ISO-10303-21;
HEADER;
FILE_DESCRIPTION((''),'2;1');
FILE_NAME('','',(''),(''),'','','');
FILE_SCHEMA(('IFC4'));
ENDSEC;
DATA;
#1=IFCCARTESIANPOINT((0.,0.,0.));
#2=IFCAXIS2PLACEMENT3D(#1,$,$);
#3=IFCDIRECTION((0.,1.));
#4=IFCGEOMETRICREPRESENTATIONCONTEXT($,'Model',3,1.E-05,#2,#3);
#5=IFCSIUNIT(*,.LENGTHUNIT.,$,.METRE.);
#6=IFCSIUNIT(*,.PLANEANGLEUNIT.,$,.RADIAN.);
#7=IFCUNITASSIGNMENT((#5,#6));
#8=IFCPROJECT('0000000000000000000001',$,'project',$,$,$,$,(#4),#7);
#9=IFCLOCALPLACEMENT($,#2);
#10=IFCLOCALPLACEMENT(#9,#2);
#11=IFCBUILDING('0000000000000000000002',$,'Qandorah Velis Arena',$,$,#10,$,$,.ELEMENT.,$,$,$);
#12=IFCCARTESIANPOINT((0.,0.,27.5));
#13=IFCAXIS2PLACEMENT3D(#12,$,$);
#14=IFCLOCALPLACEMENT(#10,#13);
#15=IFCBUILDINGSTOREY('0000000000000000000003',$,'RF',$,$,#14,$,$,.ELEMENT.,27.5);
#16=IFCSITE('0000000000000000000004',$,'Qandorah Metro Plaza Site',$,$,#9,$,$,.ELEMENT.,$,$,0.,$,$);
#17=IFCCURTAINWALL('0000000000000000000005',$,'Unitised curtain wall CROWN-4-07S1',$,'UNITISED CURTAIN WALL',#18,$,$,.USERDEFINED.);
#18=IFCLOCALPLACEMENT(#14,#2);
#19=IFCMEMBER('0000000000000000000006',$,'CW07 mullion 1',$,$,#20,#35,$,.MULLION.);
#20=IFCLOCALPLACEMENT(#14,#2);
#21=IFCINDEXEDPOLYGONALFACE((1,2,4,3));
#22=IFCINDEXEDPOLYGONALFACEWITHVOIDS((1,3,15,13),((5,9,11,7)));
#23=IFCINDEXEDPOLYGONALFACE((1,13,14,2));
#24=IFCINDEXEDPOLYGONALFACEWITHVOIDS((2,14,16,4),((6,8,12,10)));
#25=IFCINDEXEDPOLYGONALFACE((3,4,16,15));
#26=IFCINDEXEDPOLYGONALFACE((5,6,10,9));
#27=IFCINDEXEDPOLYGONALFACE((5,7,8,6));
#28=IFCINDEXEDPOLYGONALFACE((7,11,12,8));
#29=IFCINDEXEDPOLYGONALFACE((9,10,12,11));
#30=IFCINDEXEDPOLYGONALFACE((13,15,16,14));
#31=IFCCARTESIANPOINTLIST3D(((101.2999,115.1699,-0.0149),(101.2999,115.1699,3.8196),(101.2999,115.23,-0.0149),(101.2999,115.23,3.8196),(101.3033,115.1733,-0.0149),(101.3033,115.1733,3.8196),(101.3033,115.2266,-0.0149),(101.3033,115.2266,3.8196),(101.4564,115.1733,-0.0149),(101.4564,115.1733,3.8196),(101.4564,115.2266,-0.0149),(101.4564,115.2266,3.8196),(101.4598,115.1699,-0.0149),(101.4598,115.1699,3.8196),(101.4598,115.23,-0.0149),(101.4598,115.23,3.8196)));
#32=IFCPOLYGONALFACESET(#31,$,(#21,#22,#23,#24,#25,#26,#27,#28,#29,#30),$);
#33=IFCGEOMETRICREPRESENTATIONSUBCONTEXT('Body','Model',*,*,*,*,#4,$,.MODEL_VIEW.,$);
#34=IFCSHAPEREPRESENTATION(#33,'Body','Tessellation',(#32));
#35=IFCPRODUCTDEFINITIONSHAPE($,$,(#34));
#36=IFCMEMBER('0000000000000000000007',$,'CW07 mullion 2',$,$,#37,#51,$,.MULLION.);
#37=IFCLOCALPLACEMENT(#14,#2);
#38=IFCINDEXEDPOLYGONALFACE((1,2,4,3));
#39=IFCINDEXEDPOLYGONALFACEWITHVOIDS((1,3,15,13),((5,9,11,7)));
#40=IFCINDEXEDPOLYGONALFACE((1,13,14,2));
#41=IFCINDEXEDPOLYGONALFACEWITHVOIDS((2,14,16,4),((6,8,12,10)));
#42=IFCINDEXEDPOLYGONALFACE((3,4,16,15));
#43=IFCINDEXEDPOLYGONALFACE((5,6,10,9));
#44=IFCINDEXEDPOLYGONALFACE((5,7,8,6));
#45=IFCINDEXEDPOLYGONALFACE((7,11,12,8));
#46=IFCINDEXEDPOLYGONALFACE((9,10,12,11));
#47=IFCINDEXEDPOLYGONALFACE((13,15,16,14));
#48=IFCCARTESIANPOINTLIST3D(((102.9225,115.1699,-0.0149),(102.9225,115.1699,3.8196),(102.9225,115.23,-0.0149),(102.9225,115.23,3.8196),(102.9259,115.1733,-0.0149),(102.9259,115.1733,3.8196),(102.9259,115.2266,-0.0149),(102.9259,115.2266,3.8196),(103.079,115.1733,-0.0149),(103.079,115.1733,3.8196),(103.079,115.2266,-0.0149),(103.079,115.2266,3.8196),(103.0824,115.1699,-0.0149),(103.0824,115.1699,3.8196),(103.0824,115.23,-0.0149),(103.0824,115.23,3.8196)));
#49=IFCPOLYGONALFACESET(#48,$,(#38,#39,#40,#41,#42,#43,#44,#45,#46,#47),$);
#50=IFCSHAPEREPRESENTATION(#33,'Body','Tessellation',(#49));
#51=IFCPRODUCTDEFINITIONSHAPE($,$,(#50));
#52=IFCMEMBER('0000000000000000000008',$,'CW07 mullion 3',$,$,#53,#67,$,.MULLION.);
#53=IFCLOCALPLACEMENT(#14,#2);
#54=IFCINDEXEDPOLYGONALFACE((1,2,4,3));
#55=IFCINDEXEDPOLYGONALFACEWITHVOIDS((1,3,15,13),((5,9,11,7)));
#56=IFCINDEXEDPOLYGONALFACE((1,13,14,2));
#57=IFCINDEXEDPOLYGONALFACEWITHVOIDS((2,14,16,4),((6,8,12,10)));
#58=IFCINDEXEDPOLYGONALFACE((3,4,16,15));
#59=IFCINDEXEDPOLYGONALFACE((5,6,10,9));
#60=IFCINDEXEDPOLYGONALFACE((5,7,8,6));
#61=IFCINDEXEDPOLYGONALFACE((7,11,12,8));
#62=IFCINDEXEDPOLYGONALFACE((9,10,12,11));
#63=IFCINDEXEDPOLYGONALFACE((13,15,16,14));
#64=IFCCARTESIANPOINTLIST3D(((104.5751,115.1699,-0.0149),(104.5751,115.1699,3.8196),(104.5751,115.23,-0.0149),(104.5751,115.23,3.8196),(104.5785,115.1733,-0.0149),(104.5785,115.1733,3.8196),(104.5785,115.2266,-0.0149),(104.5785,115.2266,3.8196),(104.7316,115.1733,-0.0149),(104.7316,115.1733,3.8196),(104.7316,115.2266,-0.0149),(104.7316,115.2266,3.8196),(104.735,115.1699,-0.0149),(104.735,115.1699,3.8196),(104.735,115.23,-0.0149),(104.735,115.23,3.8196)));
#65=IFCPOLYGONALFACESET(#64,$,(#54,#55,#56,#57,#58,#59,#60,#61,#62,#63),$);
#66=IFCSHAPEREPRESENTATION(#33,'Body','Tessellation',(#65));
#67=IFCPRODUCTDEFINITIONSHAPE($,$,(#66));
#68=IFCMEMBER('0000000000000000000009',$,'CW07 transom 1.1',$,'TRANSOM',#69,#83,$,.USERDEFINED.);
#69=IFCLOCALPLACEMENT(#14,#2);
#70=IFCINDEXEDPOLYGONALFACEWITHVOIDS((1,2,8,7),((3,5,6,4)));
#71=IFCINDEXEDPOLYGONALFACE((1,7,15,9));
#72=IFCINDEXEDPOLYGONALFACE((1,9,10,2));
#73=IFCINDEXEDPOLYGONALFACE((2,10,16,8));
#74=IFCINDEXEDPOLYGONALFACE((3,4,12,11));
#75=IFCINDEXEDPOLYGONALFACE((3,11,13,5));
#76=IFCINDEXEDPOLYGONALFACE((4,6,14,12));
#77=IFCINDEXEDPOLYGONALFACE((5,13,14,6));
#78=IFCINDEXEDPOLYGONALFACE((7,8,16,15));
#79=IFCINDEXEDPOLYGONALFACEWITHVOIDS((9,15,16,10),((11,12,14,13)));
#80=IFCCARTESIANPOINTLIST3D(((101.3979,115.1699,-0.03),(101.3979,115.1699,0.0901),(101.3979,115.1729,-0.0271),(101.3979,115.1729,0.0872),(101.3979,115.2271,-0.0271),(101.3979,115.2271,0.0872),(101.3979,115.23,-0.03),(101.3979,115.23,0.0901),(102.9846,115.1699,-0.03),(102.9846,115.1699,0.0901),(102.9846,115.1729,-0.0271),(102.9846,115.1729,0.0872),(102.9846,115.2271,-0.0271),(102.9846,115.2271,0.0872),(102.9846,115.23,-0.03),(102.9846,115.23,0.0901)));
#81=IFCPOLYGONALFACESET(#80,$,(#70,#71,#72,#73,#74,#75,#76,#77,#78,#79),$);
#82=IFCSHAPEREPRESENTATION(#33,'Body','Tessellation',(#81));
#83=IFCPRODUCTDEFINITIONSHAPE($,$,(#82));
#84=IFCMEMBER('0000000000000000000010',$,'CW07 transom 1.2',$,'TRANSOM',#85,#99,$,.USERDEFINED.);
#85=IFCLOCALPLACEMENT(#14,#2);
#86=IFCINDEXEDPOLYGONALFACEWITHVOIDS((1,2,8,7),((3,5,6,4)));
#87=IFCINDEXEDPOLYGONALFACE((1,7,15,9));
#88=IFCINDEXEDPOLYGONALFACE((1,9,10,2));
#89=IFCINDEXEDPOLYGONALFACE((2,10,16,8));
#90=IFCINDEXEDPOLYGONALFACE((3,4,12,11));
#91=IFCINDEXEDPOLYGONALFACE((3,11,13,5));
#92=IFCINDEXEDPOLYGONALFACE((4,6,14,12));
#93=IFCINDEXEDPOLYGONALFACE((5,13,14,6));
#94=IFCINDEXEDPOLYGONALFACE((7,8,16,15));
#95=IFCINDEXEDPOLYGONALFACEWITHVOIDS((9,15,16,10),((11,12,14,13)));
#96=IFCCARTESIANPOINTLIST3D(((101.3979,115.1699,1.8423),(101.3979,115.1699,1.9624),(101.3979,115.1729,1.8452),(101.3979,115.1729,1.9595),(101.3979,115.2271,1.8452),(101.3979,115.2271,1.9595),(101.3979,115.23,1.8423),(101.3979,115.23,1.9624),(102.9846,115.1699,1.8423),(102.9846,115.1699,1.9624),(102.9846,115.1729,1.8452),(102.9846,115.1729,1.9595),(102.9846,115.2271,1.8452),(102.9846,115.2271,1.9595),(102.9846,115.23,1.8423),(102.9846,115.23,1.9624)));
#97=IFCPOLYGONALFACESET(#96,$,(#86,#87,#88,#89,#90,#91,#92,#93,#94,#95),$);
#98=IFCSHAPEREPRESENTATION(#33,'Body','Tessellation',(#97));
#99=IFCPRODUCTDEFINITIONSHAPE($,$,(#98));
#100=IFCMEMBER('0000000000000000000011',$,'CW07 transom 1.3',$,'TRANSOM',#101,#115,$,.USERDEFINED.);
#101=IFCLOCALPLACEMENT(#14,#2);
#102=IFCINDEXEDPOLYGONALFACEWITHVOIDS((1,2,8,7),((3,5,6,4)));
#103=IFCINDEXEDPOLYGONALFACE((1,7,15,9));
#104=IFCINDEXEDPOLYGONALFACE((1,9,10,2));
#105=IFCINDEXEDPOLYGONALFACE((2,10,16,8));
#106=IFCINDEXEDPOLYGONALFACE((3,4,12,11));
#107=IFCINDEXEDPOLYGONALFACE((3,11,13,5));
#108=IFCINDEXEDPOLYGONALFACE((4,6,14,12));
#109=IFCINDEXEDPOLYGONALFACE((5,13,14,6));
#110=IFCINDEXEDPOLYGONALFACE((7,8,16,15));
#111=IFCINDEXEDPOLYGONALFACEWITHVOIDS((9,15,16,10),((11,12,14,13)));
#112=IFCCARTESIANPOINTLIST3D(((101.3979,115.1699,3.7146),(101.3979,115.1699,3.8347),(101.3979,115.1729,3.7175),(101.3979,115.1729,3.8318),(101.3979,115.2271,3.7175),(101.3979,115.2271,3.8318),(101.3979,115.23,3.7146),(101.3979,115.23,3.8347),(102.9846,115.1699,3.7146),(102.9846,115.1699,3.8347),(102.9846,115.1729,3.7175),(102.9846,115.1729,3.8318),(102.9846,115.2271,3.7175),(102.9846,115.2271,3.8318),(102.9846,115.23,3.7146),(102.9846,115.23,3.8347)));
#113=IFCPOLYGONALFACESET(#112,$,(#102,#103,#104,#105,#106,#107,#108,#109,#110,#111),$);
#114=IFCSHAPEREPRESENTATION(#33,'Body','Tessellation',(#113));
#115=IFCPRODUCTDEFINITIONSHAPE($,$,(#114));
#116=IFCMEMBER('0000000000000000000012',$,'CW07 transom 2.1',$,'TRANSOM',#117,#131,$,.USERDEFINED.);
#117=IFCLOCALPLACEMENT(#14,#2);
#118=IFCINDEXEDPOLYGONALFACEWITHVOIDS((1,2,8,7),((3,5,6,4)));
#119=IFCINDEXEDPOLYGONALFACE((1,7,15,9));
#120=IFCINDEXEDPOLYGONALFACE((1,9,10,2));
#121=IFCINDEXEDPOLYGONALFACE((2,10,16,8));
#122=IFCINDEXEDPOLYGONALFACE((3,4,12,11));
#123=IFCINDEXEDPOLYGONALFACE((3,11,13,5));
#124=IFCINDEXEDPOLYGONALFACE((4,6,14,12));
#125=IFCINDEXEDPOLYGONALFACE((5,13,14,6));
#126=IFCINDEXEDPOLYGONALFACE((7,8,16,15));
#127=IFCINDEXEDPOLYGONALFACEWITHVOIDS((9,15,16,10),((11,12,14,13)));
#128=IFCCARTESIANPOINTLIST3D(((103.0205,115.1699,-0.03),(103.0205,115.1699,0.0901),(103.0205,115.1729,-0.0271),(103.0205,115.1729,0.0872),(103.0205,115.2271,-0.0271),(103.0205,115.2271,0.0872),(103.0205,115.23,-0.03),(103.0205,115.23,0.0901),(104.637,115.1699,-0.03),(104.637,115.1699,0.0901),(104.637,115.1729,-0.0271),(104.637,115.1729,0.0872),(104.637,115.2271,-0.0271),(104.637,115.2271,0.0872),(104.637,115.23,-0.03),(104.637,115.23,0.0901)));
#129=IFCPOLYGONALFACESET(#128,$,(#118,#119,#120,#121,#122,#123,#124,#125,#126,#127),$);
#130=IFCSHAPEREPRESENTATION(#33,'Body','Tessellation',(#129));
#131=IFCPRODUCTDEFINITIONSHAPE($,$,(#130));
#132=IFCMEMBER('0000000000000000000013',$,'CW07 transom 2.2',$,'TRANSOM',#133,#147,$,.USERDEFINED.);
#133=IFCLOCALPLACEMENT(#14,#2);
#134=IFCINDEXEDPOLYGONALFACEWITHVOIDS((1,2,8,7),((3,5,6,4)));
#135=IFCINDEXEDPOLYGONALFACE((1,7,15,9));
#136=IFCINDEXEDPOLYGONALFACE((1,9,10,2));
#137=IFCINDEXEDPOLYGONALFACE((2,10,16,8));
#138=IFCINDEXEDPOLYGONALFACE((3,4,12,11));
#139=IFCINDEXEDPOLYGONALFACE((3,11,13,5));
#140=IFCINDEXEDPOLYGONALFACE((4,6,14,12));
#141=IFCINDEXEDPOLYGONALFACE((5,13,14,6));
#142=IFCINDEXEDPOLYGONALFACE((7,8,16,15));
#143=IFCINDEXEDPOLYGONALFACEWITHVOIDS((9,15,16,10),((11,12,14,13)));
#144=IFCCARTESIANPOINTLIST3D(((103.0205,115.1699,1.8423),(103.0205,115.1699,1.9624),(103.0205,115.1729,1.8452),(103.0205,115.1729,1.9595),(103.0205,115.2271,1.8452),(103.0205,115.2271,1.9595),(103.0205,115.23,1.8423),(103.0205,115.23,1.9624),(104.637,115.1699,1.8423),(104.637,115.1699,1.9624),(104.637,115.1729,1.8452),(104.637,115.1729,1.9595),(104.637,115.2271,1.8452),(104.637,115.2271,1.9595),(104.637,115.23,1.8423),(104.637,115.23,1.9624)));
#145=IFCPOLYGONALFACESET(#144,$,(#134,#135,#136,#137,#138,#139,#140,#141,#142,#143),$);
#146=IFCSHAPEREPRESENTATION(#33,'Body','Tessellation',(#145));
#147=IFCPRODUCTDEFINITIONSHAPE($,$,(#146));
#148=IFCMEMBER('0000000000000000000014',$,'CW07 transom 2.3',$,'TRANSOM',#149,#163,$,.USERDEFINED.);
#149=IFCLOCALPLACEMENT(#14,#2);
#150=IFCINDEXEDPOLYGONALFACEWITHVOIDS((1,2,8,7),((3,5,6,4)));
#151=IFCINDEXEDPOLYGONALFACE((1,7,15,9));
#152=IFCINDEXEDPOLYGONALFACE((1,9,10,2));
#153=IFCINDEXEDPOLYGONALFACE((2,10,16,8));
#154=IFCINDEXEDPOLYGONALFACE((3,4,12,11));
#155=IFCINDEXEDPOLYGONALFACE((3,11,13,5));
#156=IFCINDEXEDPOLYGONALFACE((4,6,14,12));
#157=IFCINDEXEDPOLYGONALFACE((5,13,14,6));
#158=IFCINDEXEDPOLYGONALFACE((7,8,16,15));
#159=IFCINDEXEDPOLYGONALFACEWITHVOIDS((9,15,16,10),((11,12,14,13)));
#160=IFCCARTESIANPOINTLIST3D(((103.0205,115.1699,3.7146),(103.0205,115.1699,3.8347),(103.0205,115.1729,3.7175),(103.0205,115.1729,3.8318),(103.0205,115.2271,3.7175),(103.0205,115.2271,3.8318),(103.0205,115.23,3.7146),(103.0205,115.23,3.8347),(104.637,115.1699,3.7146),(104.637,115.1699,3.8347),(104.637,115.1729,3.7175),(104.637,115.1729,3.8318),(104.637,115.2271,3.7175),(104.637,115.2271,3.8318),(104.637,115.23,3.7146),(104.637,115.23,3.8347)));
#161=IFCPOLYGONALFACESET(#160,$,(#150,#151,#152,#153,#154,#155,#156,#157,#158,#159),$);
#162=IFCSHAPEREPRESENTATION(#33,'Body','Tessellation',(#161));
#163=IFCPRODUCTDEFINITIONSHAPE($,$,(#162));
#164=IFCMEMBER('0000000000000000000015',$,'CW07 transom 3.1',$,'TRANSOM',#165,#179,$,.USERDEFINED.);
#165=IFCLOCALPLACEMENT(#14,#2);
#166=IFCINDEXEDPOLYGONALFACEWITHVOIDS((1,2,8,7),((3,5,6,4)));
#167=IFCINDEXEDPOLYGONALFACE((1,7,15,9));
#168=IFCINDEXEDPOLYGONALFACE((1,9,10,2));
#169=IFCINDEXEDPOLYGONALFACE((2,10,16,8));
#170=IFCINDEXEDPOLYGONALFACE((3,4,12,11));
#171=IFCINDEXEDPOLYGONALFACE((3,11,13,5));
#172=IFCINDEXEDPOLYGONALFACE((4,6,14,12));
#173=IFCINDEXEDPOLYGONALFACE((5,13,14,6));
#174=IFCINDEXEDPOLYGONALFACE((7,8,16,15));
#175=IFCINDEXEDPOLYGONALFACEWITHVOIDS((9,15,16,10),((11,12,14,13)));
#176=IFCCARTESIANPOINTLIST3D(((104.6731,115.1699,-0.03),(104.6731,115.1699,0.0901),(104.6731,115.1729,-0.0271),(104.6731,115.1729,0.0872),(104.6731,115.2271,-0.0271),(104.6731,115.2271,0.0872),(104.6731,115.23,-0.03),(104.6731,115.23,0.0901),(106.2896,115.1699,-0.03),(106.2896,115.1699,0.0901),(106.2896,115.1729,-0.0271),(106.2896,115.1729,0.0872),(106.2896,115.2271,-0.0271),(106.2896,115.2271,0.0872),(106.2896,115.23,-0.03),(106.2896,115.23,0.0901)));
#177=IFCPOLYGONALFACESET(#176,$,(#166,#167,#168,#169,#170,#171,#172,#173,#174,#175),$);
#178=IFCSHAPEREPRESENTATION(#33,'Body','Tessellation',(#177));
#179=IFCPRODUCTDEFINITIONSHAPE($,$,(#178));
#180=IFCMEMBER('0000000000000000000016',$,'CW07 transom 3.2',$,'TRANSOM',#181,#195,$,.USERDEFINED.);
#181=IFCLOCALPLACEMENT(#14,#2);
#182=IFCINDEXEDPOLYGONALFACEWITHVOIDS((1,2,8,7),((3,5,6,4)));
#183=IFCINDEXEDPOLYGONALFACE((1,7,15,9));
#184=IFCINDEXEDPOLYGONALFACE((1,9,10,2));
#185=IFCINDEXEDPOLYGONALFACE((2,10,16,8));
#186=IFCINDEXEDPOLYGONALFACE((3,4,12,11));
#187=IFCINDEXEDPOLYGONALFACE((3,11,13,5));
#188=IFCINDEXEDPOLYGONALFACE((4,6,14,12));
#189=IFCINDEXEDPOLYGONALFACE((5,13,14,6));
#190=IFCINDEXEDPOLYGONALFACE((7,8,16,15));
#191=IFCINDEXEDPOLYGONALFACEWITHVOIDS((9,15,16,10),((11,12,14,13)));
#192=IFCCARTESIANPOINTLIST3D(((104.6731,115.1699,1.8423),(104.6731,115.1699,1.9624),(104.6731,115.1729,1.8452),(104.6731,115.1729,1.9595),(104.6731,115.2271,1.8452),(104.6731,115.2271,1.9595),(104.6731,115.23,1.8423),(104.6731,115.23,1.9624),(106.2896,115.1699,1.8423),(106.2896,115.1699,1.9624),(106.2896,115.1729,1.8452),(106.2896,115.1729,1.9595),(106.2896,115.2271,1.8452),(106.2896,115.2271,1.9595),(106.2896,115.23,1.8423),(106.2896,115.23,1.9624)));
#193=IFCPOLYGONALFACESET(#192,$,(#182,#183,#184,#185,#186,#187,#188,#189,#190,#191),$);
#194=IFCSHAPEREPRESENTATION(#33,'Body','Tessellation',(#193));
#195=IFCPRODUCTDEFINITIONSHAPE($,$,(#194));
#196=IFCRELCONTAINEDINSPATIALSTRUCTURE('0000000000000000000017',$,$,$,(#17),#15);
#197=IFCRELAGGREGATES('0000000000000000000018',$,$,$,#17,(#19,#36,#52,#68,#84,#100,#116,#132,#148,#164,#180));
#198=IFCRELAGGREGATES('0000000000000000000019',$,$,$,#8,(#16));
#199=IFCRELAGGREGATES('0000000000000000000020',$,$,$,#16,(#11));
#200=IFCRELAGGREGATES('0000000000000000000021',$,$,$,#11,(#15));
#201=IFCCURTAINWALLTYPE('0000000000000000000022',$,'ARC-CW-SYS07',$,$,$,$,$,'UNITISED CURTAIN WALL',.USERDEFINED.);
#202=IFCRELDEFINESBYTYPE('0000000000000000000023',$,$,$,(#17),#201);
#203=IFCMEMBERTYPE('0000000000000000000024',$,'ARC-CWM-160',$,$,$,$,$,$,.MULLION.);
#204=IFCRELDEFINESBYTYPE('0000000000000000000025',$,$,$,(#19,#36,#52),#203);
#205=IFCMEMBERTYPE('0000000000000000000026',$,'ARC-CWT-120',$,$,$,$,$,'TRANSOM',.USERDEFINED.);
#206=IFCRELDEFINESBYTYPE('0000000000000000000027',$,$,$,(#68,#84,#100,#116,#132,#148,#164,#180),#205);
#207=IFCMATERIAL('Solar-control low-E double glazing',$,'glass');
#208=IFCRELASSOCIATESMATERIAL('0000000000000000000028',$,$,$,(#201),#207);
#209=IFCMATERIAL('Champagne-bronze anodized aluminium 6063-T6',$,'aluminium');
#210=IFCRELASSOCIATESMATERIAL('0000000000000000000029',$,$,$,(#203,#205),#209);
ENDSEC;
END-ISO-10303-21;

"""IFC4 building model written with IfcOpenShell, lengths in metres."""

from ifc_helpers import new_model, si_unit, direction, frame, origin, origin_2d, place, context, subcontext, project, spatial, hollow_rectangle, extrude, material, material_profile, profile_set, type_object, element, aggregate, save


model = new_model("IFC4")

# Units and contexts
model_context = context("Model", 3, precision=1e-05, world=origin(), true_north=direction((0.0, 1.0)))
body_context = subcontext(model_context, "Body", "Model", "MODEL_VIEW")
ifc_project = project(units=[si_unit("LENGTHUNIT", "METRE"), si_unit("PLANEANGLEUNIT", "RADIAN")], contexts=[model_context])

# Site, building, storey
site_placement = place(None, origin())
site = spatial("IfcSite", under=ifc_project, at=site_placement, Name="Qandorah Metro Plaza Site", CompositionType="ELEMENT", RefElevation=0.0)
building_placement = place(site_placement, origin())
building = spatial("IfcBuilding", under=site, at=building_placement, Name="Qandorah Velis Arena", CompositionType="ELEMENT")
storey_placement = place(building_placement, frame((0.0, 0.0, 27.5)))
storey = spatial("IfcBuildingStorey", under=building, at=storey_placement, Name="RF", CompositionType="ELEMENT", Elevation=27.5)

# Curtain wall, members
ifc_material_1 = material(Name="Solar-control low-E double glazing", Category="glass")
curtain_wall_type = type_object("IfcCurtainWallType", Name="ARC-CW-SYS07", ElementType="UNITISED CURTAIN WALL", PredefinedType="USERDEFINED", material=ifc_material_1)
curtain_wall_placement = place(storey_placement, origin())
curtain_wall = element("IfcCurtainWall", 1, at=curtain_wall_placement, inside=storey, type_object=curtain_wall_type, Name="Unitised curtain wall CROWN-4-07S1", ObjectType="UNITISED CURTAIN WALL", PredefinedType="USERDEFINED")
ifc_material_2 = material(Name="Champagne-bronze anodized aluminium 6063-T6", Category="aluminium")
ifc_material_profile_1 = material_profile(ifc_material_2, hollow_rectangle(XDim=0.0601, YDim=0.1599, WallThickness=0.0034, at=origin_2d()), Name="ALU MULLION 60x160")
ifc_profile_set_1 = profile_set([ifc_material_profile_1], Name="Champagne-bronze anodized aluminium 6063-T6")
member_type_1 = type_object("IfcMemberType", Name="ARC-CWM-160", PredefinedType="MULLION", material=ifc_profile_set_1)
member_1_placement = place(storey_placement, frame((101.3799, 115.2, -0.0149), z_axis=(0.0, 0.0, 1.0), x_axis=(0.0, 1.0, 0.0)))
member_1 = element("IfcMember", 2, at=member_1_placement, type_object=member_type_1, Name="CW07 mullion 1", PredefinedType="MULLION", context=body_context, shape_type="SweptSolid", body=[
    extrude(hollow_rectangle(XDim=0.0601, YDim=0.1599, WallThickness=0.0034, at=origin_2d()), origin(), (0.0, 0.0, 1.0), 3.8345),
])
member_2_placement = place(storey_placement, frame((103.0024, 115.2, -0.0149), z_axis=(0.0, 0.0, 1.0), x_axis=(0.0, 1.0, 0.0)))
member_2 = element("IfcMember", 3, at=member_2_placement, type_object=member_type_1, Name="CW07 mullion 2", PredefinedType="MULLION", context=body_context, shape_type="SweptSolid", body=[
    extrude(hollow_rectangle(XDim=0.0601, YDim=0.1599, WallThickness=0.0034, at=origin_2d()), origin(), (0.0, 0.0, 1.0), 3.8345),
])
member_3_placement = place(storey_placement, frame((104.655, 115.2, -0.0149), z_axis=(0.0, 0.0, 1.0), x_axis=(0.0, 1.0, 0.0)))
member_3 = element("IfcMember", 4, at=member_3_placement, type_object=member_type_1, Name="CW07 mullion 3", PredefinedType="MULLION", context=body_context, shape_type="SweptSolid", body=[
    extrude(hollow_rectangle(XDim=0.0601, YDim=0.1599, WallThickness=0.0034, at=origin_2d()), origin(), (0.0, 0.0, 1.0), 3.8345),
])
ifc_material_profile_2 = material_profile(ifc_material_2, hollow_rectangle(XDim=0.0601, YDim=0.1201, WallThickness=0.0029, at=origin_2d()), Name="ALU TRANSOM 60x120")
ifc_profile_set_2 = profile_set([ifc_material_profile_2], Name="Champagne-bronze anodized aluminium 6063-T6")
member_type_2 = type_object("IfcMemberType", Name="ARC-CWT-120", ElementType="TRANSOM", PredefinedType="USERDEFINED", material=ifc_profile_set_2)
member_4_placement = place(storey_placement, frame((101.3979, 115.2, 0.03), z_axis=(1.0, 0.0, 0.0), x_axis=(0.0, 1.0, 0.0)))
member_4 = element("IfcMember", 5, at=member_4_placement, type_object=member_type_2, Name="CW07 transom 1.1", ObjectType="TRANSOM", PredefinedType="USERDEFINED", context=body_context, shape_type="SweptSolid", body=[
    extrude(hollow_rectangle(XDim=0.0601, YDim=0.1201, WallThickness=0.0029, at=origin_2d()), origin(), (0.0, 0.0, 1.0), 1.5867),
])
member_5_placement = place(storey_placement, frame((101.3979, 115.2, 1.9023), z_axis=(1.0, 0.0, 0.0), x_axis=(0.0, 1.0, 0.0)))
member_5 = element("IfcMember", 6, at=member_5_placement, type_object=member_type_2, Name="CW07 transom 1.2", ObjectType="TRANSOM", PredefinedType="USERDEFINED", context=body_context, shape_type="SweptSolid", body=[
    extrude(hollow_rectangle(XDim=0.0601, YDim=0.1201, WallThickness=0.0029, at=origin_2d()), origin(), (0.0, 0.0, 1.0), 1.5867),
])
member_6_placement = place(storey_placement, frame((101.3979, 115.2, 3.7747), z_axis=(1.0, 0.0, 0.0), x_axis=(0.0, 1.0, 0.0)))
member_6 = element("IfcMember", 7, at=member_6_placement, type_object=member_type_2, Name="CW07 transom 1.3", ObjectType="TRANSOM", PredefinedType="USERDEFINED", context=body_context, shape_type="SweptSolid", body=[
    extrude(hollow_rectangle(XDim=0.0601, YDim=0.1201, WallThickness=0.0029, at=origin_2d()), origin(), (0.0, 0.0, 1.0), 1.5867),
])
member_7_placement = place(storey_placement, frame((103.0205, 115.2, 0.03), z_axis=(1.0, 0.0, 0.0), x_axis=(0.0, 1.0, 0.0)))
member_7 = element("IfcMember", 8, at=member_7_placement, type_object=member_type_2, Name="CW07 transom 2.1", ObjectType="TRANSOM", PredefinedType="USERDEFINED", context=body_context, shape_type="SweptSolid", body=[
    extrude(hollow_rectangle(XDim=0.0601, YDim=0.1201, WallThickness=0.0029, at=origin_2d()), origin(), (0.0, 0.0, 1.0), 1.6165),
])
member_8_placement = place(storey_placement, frame((103.0205, 115.2, 1.9023), z_axis=(1.0, 0.0, 0.0), x_axis=(0.0, 1.0, 0.0)))
member_8 = element("IfcMember", 9, at=member_8_placement, type_object=member_type_2, Name="CW07 transom 2.2", ObjectType="TRANSOM", PredefinedType="USERDEFINED", context=body_context, shape_type="SweptSolid", body=[
    extrude(hollow_rectangle(XDim=0.0601, YDim=0.1201, WallThickness=0.0029, at=origin_2d()), origin(), (0.0, 0.0, 1.0), 1.6165),
])
member_9_placement = place(storey_placement, frame((103.0205, 115.2, 3.7747), z_axis=(1.0, 0.0, 0.0), x_axis=(0.0, 1.0, 0.0)))
member_9 = element("IfcMember", 10, at=member_9_placement, type_object=member_type_2, Name="CW07 transom 2.3", ObjectType="TRANSOM", PredefinedType="USERDEFINED", context=body_context, shape_type="SweptSolid", body=[
    extrude(hollow_rectangle(XDim=0.0601, YDim=0.1201, WallThickness=0.0029, at=origin_2d()), origin(), (0.0, 0.0, 1.0), 1.6165),
])
member_10_placement = place(storey_placement, frame((104.6731, 115.2, 0.03), z_axis=(1.0, 0.0, 0.0), x_axis=(0.0, 1.0, 0.0)))
member_10 = element("IfcMember", 11, at=member_10_placement, type_object=member_type_2, Name="CW07 transom 3.1", ObjectType="TRANSOM", PredefinedType="USERDEFINED", context=body_context, shape_type="SweptSolid", body=[
    extrude(hollow_rectangle(XDim=0.0601, YDim=0.1201, WallThickness=0.0029, at=origin_2d()), origin(), (0.0, 0.0, 1.0), 1.6165),
])
member_11_placement = place(storey_placement, frame((104.6731, 115.2, 1.9023), z_axis=(1.0, 0.0, 0.0), x_axis=(0.0, 1.0, 0.0)))
member_11 = element("IfcMember", 12, at=member_11_placement, type_object=member_type_2, Name="CW07 transom 3.2", ObjectType="TRANSOM", PredefinedType="USERDEFINED", context=body_context, shape_type="SweptSolid", body=[
    extrude(hollow_rectangle(XDim=0.0601, YDim=0.1201, WallThickness=0.0029, at=origin_2d()), origin(), (0.0, 0.0, 1.0), 1.6165),
])

aggregate(curtain_wall, [member_1, member_2, member_3, member_4, member_5, member_6, member_7, member_8, member_9, member_10, member_11])

save(model, "model.ifc")
